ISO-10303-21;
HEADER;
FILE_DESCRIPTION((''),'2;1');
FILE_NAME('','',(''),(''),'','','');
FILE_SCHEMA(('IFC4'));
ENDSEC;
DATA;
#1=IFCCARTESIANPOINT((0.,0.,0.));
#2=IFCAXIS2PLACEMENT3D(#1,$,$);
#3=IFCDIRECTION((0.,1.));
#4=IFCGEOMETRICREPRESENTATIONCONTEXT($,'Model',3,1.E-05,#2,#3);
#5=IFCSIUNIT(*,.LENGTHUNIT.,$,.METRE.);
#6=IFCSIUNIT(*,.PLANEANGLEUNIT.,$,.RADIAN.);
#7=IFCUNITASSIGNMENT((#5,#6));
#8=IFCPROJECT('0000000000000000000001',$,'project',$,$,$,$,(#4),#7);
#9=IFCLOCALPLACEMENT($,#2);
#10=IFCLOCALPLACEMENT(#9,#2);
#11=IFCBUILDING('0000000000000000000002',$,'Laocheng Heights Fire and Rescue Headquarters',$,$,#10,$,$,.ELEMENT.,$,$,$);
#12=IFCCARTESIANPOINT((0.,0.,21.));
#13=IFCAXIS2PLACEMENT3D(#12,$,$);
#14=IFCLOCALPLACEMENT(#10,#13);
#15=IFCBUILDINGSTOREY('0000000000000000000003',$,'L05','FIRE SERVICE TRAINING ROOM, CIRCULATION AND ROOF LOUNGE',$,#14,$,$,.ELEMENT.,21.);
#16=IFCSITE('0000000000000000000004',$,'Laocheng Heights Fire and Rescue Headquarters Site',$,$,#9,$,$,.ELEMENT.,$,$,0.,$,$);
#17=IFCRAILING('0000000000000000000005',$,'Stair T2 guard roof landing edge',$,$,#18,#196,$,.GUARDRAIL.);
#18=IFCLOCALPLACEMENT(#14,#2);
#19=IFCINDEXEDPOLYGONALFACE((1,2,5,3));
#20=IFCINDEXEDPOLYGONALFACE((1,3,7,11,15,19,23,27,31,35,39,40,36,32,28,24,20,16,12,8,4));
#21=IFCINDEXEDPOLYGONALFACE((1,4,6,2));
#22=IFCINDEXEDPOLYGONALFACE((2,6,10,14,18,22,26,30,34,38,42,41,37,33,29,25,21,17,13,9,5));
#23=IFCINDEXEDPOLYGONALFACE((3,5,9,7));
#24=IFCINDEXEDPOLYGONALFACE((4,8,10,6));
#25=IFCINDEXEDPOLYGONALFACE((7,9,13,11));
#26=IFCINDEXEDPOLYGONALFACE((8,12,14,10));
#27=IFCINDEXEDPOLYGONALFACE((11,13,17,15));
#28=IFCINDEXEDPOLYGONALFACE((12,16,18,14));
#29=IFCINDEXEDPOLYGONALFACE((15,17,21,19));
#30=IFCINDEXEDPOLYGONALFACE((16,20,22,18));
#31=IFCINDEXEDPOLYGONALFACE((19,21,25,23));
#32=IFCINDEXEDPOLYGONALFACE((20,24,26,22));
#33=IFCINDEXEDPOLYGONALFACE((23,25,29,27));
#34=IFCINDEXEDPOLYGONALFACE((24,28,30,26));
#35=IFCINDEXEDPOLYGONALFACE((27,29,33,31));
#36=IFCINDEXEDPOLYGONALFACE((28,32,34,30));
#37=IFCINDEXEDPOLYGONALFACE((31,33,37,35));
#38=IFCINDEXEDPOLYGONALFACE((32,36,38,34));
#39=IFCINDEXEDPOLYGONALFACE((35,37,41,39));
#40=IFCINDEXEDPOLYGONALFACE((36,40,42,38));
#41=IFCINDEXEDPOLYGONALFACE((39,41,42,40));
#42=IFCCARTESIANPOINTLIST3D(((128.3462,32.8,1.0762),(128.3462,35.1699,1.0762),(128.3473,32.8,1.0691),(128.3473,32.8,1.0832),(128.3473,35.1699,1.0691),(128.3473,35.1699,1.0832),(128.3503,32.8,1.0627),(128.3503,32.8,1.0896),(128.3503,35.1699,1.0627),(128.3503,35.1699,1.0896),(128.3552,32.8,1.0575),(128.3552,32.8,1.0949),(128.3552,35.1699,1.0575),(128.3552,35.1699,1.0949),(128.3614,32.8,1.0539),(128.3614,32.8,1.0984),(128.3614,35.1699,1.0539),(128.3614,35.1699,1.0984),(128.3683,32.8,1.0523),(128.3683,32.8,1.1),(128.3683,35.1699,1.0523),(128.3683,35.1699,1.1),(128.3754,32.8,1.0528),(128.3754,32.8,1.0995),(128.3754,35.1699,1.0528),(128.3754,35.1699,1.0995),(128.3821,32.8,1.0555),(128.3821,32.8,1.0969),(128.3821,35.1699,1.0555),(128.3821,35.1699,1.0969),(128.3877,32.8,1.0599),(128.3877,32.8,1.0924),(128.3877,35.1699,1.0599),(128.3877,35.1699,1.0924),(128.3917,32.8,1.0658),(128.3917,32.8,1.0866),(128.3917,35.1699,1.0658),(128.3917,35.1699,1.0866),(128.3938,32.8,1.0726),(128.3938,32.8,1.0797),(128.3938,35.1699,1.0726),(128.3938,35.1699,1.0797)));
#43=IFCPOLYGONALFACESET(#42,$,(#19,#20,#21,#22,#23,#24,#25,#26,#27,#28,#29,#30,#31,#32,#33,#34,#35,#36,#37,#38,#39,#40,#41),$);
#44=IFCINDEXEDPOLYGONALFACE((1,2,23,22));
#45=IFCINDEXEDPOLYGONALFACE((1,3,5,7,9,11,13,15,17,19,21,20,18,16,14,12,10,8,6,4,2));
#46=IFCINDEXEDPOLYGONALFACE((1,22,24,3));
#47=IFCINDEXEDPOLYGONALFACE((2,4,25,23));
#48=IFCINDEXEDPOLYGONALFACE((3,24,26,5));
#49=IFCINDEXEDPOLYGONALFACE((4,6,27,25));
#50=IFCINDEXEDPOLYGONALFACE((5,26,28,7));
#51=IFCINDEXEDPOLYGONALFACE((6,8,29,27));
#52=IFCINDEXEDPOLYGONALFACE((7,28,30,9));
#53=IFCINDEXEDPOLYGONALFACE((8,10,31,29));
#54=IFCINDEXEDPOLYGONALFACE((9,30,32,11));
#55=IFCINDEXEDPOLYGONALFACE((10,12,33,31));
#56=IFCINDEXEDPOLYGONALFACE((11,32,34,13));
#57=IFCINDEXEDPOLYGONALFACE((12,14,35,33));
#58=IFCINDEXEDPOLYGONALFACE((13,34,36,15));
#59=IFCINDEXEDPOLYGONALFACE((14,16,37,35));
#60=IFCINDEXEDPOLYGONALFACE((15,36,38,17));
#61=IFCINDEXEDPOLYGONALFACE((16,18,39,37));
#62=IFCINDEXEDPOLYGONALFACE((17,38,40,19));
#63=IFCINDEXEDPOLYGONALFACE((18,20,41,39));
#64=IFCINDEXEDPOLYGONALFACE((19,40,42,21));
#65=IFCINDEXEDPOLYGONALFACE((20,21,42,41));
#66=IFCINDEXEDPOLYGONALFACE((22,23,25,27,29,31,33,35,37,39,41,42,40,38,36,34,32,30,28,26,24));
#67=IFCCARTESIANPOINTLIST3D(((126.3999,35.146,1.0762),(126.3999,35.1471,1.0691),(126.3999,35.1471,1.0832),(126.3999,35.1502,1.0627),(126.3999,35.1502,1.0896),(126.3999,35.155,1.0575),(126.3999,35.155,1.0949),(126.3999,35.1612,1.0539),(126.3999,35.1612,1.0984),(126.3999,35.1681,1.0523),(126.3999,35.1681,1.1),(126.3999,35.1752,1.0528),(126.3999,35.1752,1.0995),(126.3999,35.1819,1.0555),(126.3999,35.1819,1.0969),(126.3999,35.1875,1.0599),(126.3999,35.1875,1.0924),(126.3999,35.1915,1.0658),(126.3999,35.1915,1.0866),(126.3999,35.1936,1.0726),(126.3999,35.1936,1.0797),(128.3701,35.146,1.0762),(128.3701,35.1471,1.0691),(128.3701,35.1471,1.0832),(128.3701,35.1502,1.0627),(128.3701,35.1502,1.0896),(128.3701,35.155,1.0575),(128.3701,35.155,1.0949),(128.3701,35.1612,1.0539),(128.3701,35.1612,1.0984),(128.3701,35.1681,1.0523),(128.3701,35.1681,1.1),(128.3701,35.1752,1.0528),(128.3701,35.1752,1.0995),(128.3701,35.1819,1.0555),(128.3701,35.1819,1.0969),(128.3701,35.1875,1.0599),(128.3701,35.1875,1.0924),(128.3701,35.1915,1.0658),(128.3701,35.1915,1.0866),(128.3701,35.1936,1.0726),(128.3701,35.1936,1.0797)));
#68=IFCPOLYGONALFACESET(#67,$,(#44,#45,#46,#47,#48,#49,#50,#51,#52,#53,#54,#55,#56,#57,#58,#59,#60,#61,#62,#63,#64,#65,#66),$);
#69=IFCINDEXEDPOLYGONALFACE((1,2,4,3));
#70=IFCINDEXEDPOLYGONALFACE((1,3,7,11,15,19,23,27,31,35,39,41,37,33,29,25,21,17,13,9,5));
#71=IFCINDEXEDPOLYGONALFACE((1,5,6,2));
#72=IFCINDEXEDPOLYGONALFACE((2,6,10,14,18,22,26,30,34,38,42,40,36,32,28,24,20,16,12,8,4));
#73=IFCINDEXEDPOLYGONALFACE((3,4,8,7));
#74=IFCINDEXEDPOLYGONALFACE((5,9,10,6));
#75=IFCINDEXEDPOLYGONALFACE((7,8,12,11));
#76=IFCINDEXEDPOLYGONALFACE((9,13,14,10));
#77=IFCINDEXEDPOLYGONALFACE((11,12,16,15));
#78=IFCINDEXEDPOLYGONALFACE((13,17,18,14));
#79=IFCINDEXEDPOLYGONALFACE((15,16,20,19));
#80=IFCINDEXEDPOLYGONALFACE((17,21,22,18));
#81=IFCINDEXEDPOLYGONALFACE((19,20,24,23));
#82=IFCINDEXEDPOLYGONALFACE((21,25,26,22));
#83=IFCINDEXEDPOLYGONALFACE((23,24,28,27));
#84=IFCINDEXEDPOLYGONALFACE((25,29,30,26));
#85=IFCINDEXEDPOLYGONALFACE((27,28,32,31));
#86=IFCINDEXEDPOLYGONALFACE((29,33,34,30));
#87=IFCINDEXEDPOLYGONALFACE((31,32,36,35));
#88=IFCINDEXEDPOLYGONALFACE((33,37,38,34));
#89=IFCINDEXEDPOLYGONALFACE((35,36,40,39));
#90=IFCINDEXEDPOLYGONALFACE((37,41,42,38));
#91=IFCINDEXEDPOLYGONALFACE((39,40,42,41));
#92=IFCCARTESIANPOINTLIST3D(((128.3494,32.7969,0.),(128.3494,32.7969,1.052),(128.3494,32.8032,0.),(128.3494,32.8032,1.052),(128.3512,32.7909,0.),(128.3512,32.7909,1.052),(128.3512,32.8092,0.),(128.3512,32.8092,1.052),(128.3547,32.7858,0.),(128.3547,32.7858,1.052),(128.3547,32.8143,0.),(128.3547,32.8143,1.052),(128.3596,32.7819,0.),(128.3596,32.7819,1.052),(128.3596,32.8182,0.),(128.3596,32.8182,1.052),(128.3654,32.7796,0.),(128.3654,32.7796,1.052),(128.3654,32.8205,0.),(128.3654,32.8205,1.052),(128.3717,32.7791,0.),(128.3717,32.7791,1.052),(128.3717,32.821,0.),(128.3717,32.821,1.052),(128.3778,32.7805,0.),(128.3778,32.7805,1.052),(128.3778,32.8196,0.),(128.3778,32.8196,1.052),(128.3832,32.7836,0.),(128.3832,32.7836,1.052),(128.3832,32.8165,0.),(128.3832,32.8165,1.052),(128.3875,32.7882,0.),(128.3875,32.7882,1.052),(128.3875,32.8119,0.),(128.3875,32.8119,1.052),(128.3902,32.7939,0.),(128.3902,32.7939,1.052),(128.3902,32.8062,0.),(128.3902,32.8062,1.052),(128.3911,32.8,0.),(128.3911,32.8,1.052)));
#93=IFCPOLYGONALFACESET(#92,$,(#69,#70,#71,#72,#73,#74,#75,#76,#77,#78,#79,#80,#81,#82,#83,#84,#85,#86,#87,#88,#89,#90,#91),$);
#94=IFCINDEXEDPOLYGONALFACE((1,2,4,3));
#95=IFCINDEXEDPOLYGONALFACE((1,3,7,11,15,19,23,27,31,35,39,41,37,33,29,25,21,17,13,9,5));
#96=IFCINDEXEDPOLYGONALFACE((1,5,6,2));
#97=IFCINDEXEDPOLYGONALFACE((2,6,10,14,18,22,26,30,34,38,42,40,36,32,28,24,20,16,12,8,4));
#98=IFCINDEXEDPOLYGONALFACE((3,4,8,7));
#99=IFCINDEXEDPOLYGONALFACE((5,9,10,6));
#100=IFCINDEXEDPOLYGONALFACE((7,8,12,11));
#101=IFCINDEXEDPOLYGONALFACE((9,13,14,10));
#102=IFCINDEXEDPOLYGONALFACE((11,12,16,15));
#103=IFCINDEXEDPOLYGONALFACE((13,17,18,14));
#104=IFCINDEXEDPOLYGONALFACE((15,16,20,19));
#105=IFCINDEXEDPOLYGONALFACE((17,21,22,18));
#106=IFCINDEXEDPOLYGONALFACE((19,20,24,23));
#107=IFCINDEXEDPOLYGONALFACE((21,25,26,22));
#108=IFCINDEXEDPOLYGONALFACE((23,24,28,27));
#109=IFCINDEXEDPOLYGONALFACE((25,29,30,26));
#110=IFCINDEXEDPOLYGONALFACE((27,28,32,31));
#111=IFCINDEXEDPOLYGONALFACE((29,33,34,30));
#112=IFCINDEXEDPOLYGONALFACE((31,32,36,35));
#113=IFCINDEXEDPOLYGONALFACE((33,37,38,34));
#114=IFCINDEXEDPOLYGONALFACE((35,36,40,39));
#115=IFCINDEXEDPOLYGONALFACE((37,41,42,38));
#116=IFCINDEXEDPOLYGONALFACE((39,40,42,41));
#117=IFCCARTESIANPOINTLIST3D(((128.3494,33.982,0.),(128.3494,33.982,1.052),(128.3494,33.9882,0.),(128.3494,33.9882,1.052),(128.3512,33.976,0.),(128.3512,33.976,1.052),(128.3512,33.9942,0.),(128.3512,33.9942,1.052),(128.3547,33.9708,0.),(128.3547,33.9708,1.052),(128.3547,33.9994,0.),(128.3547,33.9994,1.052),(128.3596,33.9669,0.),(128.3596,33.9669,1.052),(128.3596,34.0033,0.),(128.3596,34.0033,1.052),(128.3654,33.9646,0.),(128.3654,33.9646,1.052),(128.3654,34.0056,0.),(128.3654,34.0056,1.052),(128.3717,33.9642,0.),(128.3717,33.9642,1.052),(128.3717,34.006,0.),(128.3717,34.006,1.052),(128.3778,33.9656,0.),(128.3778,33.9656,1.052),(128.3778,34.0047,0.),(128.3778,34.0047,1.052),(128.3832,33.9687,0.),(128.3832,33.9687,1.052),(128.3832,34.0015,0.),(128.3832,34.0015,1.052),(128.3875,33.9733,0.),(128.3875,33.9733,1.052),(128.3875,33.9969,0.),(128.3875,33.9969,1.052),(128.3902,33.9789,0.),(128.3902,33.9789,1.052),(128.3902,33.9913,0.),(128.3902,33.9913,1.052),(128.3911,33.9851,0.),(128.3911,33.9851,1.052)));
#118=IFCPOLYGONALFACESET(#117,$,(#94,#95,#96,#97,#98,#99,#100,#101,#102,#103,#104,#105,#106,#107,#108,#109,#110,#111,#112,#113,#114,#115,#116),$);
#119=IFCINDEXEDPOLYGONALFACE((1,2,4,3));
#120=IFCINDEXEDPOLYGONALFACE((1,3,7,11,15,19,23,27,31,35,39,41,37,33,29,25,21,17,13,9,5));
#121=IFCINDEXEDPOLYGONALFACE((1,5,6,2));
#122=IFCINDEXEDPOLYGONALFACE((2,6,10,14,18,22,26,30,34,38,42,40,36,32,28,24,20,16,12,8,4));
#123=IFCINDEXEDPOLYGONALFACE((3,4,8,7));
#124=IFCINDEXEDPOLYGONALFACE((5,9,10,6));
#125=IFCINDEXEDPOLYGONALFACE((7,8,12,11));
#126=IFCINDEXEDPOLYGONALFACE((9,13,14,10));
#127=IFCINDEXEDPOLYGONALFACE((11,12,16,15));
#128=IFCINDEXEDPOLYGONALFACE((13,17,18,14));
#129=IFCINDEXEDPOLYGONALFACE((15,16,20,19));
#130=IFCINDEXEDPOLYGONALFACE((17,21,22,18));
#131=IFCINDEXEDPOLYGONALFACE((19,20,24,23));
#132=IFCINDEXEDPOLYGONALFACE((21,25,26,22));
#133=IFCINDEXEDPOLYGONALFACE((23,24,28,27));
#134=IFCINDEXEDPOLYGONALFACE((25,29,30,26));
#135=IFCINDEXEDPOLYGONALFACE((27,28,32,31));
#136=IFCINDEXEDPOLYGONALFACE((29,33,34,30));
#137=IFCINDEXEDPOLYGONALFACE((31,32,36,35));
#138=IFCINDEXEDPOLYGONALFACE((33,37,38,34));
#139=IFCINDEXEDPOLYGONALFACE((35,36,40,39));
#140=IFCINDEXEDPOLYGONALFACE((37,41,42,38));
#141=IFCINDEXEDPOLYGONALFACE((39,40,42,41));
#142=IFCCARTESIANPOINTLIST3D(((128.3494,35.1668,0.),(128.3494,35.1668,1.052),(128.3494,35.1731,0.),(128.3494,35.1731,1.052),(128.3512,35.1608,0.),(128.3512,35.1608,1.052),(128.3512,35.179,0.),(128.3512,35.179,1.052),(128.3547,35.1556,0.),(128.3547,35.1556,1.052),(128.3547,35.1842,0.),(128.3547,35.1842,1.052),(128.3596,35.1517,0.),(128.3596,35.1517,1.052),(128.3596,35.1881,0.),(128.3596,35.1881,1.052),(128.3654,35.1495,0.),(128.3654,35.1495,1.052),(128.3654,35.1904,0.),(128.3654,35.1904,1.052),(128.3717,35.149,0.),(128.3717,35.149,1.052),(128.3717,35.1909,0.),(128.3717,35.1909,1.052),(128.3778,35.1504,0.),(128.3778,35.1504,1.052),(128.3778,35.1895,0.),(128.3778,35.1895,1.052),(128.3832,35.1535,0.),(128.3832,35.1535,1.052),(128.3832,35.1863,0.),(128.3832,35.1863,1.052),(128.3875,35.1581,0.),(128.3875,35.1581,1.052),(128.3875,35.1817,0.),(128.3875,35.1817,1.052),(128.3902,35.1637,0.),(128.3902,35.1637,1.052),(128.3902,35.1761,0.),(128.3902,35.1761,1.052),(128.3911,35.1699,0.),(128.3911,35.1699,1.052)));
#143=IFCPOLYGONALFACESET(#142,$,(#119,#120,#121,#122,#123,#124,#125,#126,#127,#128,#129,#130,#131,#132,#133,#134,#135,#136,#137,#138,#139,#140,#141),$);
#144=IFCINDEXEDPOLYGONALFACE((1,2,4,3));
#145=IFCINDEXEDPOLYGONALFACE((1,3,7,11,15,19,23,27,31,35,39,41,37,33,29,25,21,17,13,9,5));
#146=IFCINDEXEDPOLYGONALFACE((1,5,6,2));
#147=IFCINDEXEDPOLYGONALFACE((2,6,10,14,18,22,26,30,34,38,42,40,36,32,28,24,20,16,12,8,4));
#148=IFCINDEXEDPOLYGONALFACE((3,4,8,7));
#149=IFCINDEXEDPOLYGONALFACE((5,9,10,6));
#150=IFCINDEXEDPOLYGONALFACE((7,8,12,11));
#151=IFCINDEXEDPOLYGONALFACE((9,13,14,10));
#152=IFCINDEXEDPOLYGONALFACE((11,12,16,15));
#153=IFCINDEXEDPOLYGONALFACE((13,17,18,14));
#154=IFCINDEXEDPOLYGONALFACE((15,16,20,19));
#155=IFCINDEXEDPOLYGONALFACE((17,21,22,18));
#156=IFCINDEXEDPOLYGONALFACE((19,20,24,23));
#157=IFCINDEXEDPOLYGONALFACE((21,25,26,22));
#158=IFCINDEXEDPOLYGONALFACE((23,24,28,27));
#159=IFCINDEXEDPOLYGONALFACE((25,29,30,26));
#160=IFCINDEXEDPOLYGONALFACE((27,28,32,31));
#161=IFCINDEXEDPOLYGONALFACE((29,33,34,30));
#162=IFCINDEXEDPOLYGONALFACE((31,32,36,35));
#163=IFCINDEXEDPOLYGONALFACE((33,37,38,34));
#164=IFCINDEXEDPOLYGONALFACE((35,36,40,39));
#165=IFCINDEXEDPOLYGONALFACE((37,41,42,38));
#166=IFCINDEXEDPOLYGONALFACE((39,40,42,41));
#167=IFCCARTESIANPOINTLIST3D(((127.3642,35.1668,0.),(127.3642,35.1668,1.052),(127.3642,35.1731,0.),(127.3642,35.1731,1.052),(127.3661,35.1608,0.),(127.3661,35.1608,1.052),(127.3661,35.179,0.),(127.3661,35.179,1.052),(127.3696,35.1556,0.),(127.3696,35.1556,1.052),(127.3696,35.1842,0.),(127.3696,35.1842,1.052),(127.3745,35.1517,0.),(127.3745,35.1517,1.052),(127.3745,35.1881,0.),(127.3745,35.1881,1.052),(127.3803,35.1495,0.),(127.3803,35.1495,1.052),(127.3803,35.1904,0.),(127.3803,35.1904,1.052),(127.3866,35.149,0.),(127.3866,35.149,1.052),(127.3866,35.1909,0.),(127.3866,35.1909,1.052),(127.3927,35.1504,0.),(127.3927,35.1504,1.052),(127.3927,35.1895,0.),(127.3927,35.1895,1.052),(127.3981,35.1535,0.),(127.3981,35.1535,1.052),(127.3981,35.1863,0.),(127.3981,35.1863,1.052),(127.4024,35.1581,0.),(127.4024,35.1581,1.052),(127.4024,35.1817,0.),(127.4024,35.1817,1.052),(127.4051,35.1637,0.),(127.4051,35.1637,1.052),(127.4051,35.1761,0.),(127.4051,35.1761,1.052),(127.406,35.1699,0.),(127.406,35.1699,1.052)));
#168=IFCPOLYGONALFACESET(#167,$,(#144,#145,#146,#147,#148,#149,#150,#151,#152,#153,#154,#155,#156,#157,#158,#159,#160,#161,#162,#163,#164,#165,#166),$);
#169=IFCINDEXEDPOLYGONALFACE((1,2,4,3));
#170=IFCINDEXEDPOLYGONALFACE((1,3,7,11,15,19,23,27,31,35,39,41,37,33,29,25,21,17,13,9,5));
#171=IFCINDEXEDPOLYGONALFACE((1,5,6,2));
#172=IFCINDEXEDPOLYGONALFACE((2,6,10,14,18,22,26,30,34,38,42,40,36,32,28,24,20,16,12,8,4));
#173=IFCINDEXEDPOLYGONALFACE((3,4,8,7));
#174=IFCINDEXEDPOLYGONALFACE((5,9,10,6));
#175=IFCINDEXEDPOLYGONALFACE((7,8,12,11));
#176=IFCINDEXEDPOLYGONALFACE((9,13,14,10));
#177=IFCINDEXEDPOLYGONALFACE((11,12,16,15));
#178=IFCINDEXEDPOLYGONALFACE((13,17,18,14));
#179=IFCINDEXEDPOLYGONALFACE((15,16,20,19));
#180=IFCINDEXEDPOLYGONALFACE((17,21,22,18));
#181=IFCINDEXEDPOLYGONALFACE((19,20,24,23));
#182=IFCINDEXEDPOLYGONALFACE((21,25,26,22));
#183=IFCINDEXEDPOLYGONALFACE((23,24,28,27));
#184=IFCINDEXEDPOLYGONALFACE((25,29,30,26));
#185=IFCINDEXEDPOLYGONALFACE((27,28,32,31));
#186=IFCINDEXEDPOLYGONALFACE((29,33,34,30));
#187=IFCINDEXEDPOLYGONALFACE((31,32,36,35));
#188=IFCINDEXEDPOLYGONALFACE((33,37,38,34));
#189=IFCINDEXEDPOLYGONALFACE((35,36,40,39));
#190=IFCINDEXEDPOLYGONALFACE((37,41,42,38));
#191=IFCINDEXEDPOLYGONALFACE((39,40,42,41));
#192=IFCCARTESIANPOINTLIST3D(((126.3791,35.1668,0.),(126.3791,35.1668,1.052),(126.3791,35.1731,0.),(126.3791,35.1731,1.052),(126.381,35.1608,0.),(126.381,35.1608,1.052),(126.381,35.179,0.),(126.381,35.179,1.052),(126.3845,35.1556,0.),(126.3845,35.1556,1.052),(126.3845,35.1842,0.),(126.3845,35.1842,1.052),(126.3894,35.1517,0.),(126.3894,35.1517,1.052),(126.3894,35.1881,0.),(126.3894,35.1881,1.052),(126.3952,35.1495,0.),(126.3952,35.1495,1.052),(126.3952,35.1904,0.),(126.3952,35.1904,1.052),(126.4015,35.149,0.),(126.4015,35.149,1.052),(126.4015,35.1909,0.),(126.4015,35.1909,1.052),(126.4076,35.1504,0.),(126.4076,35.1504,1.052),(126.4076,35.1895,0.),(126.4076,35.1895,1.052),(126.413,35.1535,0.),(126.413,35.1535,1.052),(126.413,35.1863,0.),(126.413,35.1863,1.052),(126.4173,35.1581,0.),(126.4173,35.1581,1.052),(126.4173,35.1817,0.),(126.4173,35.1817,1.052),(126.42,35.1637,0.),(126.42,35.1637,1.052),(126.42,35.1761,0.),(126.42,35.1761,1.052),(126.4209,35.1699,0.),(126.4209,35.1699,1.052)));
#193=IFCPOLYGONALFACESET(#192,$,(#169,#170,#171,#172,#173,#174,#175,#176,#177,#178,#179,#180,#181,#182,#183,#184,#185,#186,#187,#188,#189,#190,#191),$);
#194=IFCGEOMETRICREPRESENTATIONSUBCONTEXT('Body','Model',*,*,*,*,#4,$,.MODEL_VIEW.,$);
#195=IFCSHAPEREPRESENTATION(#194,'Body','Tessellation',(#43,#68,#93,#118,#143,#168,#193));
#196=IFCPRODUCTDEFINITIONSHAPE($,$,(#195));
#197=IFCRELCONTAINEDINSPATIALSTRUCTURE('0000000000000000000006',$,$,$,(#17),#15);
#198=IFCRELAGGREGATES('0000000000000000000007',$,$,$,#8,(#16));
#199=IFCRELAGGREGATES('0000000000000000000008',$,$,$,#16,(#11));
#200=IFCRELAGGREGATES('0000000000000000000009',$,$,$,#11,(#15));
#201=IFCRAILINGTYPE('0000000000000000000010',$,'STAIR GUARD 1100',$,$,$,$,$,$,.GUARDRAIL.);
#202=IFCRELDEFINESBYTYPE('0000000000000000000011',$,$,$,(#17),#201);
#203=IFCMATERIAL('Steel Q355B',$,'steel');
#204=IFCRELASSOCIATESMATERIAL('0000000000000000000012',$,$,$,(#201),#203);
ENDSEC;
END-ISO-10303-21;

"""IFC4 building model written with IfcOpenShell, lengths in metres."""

from ifc_helpers import new_model, si_unit, direction, frame, origin, origin_2d, place, context, subcontext, project, spatial, circle, extrude, material, type_object, element, save


model = new_model("IFC4")

# Units and contexts
model_context = context("Model", 3, precision=1e-05, world=origin(), true_north=direction((0.0, 1.0)))
body_context = subcontext(model_context, "Body", "Model", "MODEL_VIEW")
ifc_project = project(units=[si_unit("LENGTHUNIT", "METRE"), si_unit("PLANEANGLEUNIT", "RADIAN")], contexts=[model_context])

# Site, building, storey
site_placement = place(None, origin())
site = spatial("IfcSite", under=ifc_project, at=site_placement, Name="Laocheng Heights Fire and Rescue Headquarters Site", CompositionType="ELEMENT", RefElevation=0.0)
building_placement = place(site_placement, origin())
building = spatial("IfcBuilding", under=site, at=building_placement, Name="Laocheng Heights Fire and Rescue Headquarters", CompositionType="ELEMENT")
storey_placement = place(building_placement, frame((0.0, 0.0, 21.0)))
storey = spatial("IfcBuildingStorey", under=building, at=storey_placement, Name="L05", Description="FIRE SERVICE TRAINING ROOM, CIRCULATION AND ROOF LOUNGE", CompositionType="ELEMENT", Elevation=21.0)

# Railing
ifc_material_1 = material(Name="Steel Q355B", Category="steel")
railing_type = type_object("IfcRailingType", Name="STAIR GUARD 1100", PredefinedType="GUARDRAIL", material=ifc_material_1)
railing_1_placement = place(storey_placement, frame((128.3701, 32.8, 0.0)))
element("IfcRailing", 1, at=railing_1_placement, inside=storey, type_object=railing_type, Name="Stair T2 guard roof landing edge", PredefinedType="GUARDRAIL", context=body_context, shape_type="SweptSolid", body=[
    extrude(circle(Radius=0.0239, at=origin_2d()), frame((0.0, 0.0, 1.0762), z_axis=(0.0, 1.0, 0.0), x_axis=(-1.0, 0.0, 0.0)), (0.0, 0.0, 1.0), 2.3699),
    extrude(circle(Radius=0.0239, at=origin_2d()), frame((0.0, 2.3699, 1.0762), z_axis=(-1.0, 0.0, 0.0), x_axis=(0.0, -1.0, 0.0)), (0.0, 0.0, 1.0), 1.9702),
    extrude(circle(Radius=0.021, at=origin_2d()), origin(), (0.0, 0.0, 1.0), 1.052),
    extrude(circle(Radius=0.021, at=origin_2d()), frame((0.0, 1.1851, 0.0)), (0.0, 0.0, 1.0), 1.052),
    extrude(circle(Radius=0.021, at=origin_2d()), frame((0.0, 2.3699, 0.0)), (0.0, 0.0, 1.0), 1.052),
    extrude(circle(Radius=0.021, at=origin_2d()), frame((-0.9851, 2.3699, 0.0)), (0.0, 0.0, 1.0), 1.052),
    extrude(circle(Radius=0.021, at=origin_2d()), frame((-1.9702, 2.3699, 0.0)), (0.0, 0.0, 1.0), 1.052),
])

save(model, "model.ifc")
